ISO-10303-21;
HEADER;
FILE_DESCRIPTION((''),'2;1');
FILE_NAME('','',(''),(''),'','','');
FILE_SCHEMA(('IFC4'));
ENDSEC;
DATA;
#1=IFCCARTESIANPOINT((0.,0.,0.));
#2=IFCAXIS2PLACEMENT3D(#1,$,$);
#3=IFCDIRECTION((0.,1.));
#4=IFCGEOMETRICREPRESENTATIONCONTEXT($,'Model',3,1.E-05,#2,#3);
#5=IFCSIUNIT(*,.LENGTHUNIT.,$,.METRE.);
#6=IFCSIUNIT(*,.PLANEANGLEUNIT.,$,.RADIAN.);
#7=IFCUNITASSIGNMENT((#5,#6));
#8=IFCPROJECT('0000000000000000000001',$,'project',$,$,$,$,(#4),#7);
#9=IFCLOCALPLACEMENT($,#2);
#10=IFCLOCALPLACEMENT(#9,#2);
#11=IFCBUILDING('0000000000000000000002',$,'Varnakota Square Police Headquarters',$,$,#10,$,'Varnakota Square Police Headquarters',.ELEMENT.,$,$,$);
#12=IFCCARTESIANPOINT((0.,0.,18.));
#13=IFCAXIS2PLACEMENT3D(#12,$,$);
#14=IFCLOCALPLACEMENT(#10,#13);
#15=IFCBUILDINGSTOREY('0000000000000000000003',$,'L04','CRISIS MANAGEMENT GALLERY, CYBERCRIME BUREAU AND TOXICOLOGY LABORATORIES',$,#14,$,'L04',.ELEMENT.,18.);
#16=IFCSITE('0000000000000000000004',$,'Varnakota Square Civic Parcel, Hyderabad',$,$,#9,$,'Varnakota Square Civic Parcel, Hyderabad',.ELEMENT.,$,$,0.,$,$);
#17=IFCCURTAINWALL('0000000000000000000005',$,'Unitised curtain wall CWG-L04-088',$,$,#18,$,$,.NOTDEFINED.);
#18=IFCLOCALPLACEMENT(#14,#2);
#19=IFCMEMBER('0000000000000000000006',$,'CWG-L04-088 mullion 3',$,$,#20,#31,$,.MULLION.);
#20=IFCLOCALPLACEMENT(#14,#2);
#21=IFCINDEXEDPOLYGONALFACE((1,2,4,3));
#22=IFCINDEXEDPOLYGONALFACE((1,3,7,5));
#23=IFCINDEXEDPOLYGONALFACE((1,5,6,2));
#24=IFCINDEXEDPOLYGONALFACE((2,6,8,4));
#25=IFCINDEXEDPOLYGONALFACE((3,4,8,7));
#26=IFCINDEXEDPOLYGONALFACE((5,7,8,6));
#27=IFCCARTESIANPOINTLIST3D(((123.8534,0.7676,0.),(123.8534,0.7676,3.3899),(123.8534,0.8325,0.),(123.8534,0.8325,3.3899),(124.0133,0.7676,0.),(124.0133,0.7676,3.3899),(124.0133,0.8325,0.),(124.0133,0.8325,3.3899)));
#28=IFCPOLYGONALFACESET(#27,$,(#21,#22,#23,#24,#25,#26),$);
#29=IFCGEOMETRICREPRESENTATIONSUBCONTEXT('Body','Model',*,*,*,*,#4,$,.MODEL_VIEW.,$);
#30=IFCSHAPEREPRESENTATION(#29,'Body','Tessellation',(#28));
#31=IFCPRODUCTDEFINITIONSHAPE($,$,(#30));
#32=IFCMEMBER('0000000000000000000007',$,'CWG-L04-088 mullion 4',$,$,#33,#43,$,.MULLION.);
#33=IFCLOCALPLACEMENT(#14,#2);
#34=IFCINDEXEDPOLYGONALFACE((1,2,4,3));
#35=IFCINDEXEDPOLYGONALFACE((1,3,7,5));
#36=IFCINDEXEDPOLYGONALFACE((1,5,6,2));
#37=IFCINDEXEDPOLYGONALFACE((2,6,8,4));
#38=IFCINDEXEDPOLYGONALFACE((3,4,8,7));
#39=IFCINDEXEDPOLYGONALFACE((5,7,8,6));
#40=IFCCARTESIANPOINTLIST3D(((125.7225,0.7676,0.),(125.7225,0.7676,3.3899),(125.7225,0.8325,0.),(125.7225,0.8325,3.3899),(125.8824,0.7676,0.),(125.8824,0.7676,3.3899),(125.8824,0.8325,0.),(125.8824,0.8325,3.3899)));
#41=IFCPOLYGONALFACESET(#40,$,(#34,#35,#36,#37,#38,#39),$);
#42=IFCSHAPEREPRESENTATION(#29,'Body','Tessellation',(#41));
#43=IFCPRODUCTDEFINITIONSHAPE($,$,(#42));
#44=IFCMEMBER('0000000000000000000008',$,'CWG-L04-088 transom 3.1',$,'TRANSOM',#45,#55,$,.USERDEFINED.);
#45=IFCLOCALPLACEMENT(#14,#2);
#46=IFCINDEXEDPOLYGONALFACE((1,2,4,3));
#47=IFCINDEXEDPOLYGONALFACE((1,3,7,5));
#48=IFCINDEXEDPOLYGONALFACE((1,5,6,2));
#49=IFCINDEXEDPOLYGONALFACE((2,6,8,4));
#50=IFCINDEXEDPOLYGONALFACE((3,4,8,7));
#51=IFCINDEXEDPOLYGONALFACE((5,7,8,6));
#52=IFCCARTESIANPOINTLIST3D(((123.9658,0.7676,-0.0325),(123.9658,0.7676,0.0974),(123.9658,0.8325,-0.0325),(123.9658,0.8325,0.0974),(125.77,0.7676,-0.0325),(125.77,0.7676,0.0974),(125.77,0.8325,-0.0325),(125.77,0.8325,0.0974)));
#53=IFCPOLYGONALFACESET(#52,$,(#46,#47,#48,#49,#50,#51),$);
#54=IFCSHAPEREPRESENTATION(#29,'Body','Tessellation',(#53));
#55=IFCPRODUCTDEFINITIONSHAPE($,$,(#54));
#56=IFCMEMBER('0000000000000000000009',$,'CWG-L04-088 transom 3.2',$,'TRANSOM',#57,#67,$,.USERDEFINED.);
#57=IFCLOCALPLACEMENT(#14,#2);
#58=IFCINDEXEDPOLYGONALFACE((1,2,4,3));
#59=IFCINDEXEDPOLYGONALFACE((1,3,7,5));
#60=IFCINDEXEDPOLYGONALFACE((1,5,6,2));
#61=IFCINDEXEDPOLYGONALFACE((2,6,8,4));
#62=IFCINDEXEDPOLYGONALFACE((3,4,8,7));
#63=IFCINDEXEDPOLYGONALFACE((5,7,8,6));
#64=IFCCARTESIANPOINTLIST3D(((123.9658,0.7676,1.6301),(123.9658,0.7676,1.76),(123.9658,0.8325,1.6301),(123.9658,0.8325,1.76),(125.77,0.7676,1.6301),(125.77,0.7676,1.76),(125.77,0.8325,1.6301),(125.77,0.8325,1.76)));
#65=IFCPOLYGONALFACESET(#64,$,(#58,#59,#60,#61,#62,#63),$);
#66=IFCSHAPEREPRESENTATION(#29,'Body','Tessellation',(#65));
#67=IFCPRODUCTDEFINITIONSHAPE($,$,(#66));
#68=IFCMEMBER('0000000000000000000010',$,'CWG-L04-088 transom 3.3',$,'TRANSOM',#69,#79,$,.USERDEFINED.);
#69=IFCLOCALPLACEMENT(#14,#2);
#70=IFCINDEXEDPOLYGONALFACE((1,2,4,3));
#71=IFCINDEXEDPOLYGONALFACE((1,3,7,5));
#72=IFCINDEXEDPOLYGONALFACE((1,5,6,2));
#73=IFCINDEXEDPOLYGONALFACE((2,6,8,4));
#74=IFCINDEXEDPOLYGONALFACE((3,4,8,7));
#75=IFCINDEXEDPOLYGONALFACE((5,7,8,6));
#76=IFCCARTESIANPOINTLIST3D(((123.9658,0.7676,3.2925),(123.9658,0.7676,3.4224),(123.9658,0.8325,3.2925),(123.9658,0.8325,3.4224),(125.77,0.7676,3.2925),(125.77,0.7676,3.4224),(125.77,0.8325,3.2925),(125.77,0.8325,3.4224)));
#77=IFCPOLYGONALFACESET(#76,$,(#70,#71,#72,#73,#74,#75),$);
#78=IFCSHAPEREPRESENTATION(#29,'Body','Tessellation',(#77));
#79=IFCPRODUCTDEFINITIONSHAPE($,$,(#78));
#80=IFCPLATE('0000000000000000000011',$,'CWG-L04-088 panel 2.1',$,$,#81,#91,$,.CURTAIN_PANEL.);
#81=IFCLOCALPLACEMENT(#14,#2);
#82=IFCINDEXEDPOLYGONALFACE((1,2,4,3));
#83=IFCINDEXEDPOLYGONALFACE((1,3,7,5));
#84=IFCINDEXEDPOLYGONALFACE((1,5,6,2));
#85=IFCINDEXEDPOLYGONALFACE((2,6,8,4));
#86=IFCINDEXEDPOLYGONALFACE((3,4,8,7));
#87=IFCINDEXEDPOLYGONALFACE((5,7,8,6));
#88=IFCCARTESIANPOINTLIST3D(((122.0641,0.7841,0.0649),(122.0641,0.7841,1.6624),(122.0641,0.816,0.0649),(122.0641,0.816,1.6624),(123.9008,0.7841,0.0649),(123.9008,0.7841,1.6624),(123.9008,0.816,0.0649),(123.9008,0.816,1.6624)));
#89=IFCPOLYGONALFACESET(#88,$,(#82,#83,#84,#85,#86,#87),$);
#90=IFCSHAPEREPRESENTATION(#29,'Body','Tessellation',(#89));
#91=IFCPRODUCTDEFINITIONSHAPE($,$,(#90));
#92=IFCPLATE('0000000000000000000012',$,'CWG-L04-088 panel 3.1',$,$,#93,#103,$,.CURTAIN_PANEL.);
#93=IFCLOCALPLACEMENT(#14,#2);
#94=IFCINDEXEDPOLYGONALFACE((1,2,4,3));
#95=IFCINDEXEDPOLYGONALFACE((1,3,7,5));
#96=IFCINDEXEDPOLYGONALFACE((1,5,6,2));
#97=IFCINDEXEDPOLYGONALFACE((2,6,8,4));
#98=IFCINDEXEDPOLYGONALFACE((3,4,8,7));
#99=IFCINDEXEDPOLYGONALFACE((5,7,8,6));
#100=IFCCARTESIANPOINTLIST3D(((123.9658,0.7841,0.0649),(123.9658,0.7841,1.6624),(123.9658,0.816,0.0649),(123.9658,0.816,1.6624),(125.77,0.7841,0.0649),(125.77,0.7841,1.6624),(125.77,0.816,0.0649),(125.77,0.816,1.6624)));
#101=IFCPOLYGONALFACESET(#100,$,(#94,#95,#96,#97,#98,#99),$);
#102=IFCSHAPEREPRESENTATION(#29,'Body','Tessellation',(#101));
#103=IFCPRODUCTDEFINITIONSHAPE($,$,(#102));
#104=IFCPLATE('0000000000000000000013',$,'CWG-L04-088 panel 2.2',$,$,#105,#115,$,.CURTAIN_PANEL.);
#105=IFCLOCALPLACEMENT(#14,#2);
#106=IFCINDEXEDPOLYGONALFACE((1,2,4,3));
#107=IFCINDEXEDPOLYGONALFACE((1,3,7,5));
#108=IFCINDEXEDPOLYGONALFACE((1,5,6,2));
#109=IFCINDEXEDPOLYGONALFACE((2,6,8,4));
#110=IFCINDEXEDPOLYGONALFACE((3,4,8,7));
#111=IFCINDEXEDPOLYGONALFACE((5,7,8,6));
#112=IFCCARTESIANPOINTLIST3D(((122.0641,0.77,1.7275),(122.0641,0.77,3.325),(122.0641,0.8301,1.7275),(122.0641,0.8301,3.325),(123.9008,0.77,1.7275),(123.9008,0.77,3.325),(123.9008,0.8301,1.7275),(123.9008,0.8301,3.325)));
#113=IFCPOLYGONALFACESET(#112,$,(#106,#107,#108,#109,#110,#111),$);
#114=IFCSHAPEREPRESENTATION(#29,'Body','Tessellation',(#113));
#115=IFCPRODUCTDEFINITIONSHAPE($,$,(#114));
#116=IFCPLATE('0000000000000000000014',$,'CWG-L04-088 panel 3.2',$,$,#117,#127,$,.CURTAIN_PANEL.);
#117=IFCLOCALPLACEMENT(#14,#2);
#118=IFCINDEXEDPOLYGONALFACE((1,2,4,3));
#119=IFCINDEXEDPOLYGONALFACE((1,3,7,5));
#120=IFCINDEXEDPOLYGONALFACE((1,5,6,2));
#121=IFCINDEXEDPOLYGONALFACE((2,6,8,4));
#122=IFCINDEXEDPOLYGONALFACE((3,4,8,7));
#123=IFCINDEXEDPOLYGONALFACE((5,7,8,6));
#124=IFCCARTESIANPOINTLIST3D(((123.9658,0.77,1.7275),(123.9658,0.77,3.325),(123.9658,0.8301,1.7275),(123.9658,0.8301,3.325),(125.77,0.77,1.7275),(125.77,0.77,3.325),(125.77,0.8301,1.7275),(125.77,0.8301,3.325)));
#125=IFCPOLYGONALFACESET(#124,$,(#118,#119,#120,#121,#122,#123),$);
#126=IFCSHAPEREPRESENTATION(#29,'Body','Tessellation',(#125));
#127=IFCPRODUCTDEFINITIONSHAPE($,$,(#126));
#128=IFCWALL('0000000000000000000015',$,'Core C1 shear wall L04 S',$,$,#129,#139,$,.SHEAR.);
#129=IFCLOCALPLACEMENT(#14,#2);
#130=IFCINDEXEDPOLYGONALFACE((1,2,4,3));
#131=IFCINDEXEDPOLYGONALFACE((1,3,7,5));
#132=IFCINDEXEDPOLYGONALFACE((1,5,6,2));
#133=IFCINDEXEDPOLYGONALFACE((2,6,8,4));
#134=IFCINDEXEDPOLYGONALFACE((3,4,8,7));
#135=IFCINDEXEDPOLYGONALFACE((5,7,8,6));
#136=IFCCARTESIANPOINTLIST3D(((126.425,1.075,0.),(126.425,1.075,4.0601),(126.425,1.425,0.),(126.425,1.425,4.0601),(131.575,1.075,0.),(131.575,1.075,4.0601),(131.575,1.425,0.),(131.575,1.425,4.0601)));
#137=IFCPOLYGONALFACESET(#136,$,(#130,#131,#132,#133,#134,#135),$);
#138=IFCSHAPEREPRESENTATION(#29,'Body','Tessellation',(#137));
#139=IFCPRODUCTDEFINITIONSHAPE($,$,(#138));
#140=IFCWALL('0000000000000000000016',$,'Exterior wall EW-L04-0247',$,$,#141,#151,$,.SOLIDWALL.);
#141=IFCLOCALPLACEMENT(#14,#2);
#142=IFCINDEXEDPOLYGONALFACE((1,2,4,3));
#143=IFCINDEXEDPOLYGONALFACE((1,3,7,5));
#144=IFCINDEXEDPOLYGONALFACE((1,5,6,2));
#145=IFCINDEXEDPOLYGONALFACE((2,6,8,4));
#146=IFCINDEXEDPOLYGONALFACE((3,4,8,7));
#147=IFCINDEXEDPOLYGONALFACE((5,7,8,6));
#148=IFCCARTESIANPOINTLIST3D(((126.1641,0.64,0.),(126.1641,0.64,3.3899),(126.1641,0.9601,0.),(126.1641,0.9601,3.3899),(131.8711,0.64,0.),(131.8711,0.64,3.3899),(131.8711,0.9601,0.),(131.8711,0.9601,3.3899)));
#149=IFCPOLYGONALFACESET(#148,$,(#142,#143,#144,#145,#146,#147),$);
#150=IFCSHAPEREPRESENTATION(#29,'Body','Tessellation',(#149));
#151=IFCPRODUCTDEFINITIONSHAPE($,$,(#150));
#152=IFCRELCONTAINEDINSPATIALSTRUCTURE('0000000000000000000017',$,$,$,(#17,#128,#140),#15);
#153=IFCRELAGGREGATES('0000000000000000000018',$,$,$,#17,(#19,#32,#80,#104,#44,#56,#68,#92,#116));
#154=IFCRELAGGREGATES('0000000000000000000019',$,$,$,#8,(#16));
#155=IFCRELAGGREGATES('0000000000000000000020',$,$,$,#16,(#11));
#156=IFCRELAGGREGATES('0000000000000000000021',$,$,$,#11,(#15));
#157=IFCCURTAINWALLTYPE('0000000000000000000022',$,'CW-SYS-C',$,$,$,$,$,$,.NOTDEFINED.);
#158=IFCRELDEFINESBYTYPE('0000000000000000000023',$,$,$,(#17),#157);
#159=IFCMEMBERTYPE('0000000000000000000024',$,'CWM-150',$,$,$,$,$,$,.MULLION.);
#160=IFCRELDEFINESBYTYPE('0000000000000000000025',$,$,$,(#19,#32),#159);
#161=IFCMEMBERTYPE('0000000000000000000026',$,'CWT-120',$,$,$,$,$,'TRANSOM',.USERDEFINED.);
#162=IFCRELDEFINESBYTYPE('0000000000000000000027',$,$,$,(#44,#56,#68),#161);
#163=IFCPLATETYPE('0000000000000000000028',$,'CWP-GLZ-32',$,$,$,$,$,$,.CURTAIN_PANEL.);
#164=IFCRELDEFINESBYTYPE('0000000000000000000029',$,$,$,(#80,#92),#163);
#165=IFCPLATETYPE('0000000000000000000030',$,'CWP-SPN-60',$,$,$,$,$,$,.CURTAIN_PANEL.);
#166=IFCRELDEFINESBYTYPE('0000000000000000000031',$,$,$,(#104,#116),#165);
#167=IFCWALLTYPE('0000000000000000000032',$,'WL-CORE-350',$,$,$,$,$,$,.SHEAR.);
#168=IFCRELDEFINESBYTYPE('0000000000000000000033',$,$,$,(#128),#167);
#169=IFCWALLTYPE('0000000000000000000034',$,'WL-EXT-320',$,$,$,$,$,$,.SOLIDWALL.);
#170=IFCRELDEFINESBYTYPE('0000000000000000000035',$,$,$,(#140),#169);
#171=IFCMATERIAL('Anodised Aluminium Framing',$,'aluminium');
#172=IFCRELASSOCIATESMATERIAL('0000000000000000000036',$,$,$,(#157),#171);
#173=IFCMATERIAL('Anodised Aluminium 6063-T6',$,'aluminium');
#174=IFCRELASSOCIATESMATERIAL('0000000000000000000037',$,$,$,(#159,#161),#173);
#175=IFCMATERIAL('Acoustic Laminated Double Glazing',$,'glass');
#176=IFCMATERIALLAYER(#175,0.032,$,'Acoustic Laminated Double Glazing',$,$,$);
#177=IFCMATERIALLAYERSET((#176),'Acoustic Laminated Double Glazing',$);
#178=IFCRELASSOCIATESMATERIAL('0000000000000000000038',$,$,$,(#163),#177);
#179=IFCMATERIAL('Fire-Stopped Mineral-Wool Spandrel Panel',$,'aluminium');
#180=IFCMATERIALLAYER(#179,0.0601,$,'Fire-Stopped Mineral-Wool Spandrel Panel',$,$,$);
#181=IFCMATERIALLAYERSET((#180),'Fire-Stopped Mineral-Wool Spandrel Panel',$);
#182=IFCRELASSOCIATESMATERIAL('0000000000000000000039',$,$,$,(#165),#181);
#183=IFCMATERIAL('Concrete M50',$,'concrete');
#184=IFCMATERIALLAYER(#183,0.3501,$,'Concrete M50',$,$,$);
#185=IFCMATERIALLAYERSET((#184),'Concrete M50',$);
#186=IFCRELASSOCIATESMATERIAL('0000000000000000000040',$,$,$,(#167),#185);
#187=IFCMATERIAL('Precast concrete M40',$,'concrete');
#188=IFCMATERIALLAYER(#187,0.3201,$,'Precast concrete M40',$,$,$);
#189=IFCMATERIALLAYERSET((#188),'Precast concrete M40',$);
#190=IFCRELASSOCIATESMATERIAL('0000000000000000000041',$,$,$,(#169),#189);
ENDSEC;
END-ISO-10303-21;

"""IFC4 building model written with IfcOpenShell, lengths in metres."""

from ifc_helpers import new_model, si_unit, direction, frame, frame_2d, origin, origin_2d, place, context, subcontext, project, spatial, rectangle, extrude, material, layer, layer_set, material_profile, profile_set, type_object, element, aggregate, save


model = new_model("IFC4")

# Units and contexts
model_context = context("Model", 3, precision=1e-05, world=origin(), true_north=direction((0.0, 1.0)))
body_context = subcontext(model_context, "Body", "Model", "MODEL_VIEW")
ifc_project = project(units=[si_unit("LENGTHUNIT", "METRE"), si_unit("PLANEANGLEUNIT", "RADIAN")], contexts=[model_context])

# Site, building, storey
site_placement = place(None, origin())
site = spatial("IfcSite", under=ifc_project, at=site_placement, Name="Varnakota Square Civic Parcel, Hyderabad", LongName="Varnakota Square Civic Parcel, Hyderabad", CompositionType="ELEMENT", RefElevation=0.0)
building_placement = place(site_placement, origin())
building = spatial("IfcBuilding", under=site, at=building_placement, Name="Varnakota Square Police Headquarters", LongName="Varnakota Square Police Headquarters", CompositionType="ELEMENT")
storey_placement = place(building_placement, frame((0.0, 0.0, 18.0)))
storey = spatial("IfcBuildingStorey", under=building, at=storey_placement, Name="L04", Description="CRISIS MANAGEMENT GALLERY, CYBERCRIME BUREAU AND TOXICOLOGY LABORATORIES", LongName="L04", CompositionType="ELEMENT", Elevation=18.0)

# Curtain wall, members, plates
ifc_material_1 = material(Name="Anodised Aluminium Framing", Category="aluminium")
curtain_wall_type = type_object("IfcCurtainWallType", Name="CW-SYS-C", PredefinedType="NOTDEFINED", material=ifc_material_1)
curtain_wall_placement = place(storey_placement, origin())
curtain_wall = element("IfcCurtainWall", 1, at=curtain_wall_placement, inside=storey, type_object=curtain_wall_type, Name="Unitised curtain wall CWG-L04-088", PredefinedType="NOTDEFINED")
ifc_material_2 = material(Name="Anodised Aluminium 6063-T6", Category="aluminium")
ifc_material_profile_1 = material_profile(ifc_material_2, rectangle(XDim=0.0649, YDim=0.1599, at=origin_2d()), Name="ALU MULLION 65x160")
ifc_profile_set_1 = profile_set([ifc_material_profile_1], Name="Anodised Aluminium 6063-T6")
member_type_1 = type_object("IfcMemberType", Name="CWM-150", PredefinedType="MULLION", material=ifc_profile_set_1)
member_1_placement = place(storey_placement, frame((123.9333, 0.8, 0.0), z_axis=(0.0, 0.0, 1.0), x_axis=(0.0, 1.0, 0.0)))
member_1 = element("IfcMember", 2, at=member_1_placement, type_object=member_type_1, Name="CWG-L04-088 mullion 3", PredefinedType="MULLION", context=body_context, shape_type="SweptSolid", body=[
    extrude(rectangle(XDim=0.0649, YDim=0.1599, at=origin_2d()), origin(), (0.0, 0.0, 1.0), 3.3899),
])
member_2_placement = place(storey_placement, frame((125.8025, 0.8, 0.0), z_axis=(0.0, 0.0, 1.0), x_axis=(0.0, 1.0, 0.0)))
member_2 = element("IfcMember", 3, at=member_2_placement, type_object=member_type_1, Name="CWG-L04-088 mullion 4", PredefinedType="MULLION", context=body_context, shape_type="SweptSolid", body=[
    extrude(rectangle(XDim=0.0649, YDim=0.1599, at=origin_2d()), origin(), (0.0, 0.0, 1.0), 3.3899),
])
ifc_material_profile_2 = material_profile(ifc_material_2, rectangle(XDim=0.0649, YDim=0.1299, at=origin_2d()), Name="ALU TRANSOM 65x130")
ifc_profile_set_2 = profile_set([ifc_material_profile_2], Name="Anodised Aluminium 6063-T6")
member_type_2 = type_object("IfcMemberType", Name="CWT-120", ElementType="TRANSOM", PredefinedType="USERDEFINED", material=ifc_profile_set_2)
member_3_placement = place(storey_placement, frame((123.9658, 0.8, 0.0325), z_axis=(1.0, 0.0, 0.0), x_axis=(0.0, 1.0, 0.0)))
member_3 = element("IfcMember", 4, at=member_3_placement, type_object=member_type_2, Name="CWG-L04-088 transom 3.1", ObjectType="TRANSOM", PredefinedType="USERDEFINED", context=body_context, shape_type="SweptSolid", body=[
    extrude(rectangle(XDim=0.0649, YDim=0.1299, at=origin_2d()), origin(), (0.0, 0.0, 1.0), 1.8042),
])
member_4_placement = place(storey_placement, frame((123.9658, 0.8, 1.6951), z_axis=(1.0, 0.0, 0.0), x_axis=(0.0, 1.0, 0.0)))
member_4 = element("IfcMember", 5, at=member_4_placement, type_object=member_type_2, Name="CWG-L04-088 transom 3.2", ObjectType="TRANSOM", PredefinedType="USERDEFINED", context=body_context, shape_type="SweptSolid", body=[
    extrude(rectangle(XDim=0.0649, YDim=0.1299, at=origin_2d()), origin(), (0.0, 0.0, 1.0), 1.8042),
])
member_5_placement = place(storey_placement, frame((123.9658, 0.8, 3.3574), z_axis=(1.0, 0.0, 0.0), x_axis=(0.0, 1.0, 0.0)))
member_5 = element("IfcMember", 6, at=member_5_placement, type_object=member_type_2, Name="CWG-L04-088 transom 3.3", ObjectType="TRANSOM", PredefinedType="USERDEFINED", context=body_context, shape_type="SweptSolid", body=[
    extrude(rectangle(XDim=0.0649, YDim=0.1299, at=origin_2d()), origin(), (0.0, 0.0, 1.0), 1.8042),
])
ifc_material_3 = material(Name="Acoustic Laminated Double Glazing", Category="glass")
ifc_layer_1 = layer(ifc_material_3, 0.032, Name="Acoustic Laminated Double Glazing")
ifc_layer_set_1 = layer_set([ifc_layer_1], Name="Acoustic Laminated Double Glazing")
plate_type_1 = type_object("IfcPlateType", Name="CWP-GLZ-32", PredefinedType="CURTAIN_PANEL", material=ifc_layer_set_1)
plate_1_placement = place(storey_placement, frame((122.9824, 0.8, 0.0649), z_axis=(0.0, 0.0, 1.0), x_axis=(1.0, 0.0, 0.0)))
plate_1 = element("IfcPlate", 7, at=plate_1_placement, type_object=plate_type_1, Name="CWG-L04-088 panel 2.1", PredefinedType="CURTAIN_PANEL", context=body_context, shape_type="SweptSolid", body=[
    extrude(rectangle(XDim=1.8367, YDim=0.032, at=origin_2d()), origin(), (0.0, 0.0, 1.0), 1.5974),
])
plate_2_placement = place(storey_placement, frame((124.8679, 0.8, 0.0649), z_axis=(0.0, 0.0, 1.0), x_axis=(1.0, 0.0, 0.0)))
plate_2 = element("IfcPlate", 8, at=plate_2_placement, type_object=plate_type_1, Name="CWG-L04-088 panel 3.1", PredefinedType="CURTAIN_PANEL", context=body_context, shape_type="SweptSolid", body=[
    extrude(rectangle(XDim=1.8042, YDim=0.032, at=origin_2d()), origin(), (0.0, 0.0, 1.0), 1.5974),
])
ifc_material_4 = material(Name="Fire-Stopped Mineral-Wool Spandrel Panel", Category="aluminium")
ifc_layer_2 = layer(ifc_material_4, 0.0601, Name="Fire-Stopped Mineral-Wool Spandrel Panel")
ifc_layer_set_2 = layer_set([ifc_layer_2], Name="Fire-Stopped Mineral-Wool Spandrel Panel")
plate_type_2 = type_object("IfcPlateType", Name="CWP-SPN-60", PredefinedType="CURTAIN_PANEL", material=ifc_layer_set_2)
plate_3_placement = place(storey_placement, frame((122.9824, 0.8, 1.7275), z_axis=(0.0, 0.0, 1.0), x_axis=(1.0, 0.0, 0.0)))
plate_3 = element("IfcPlate", 9, at=plate_3_placement, type_object=plate_type_2, Name="CWG-L04-088 panel 2.2", PredefinedType="CURTAIN_PANEL", context=body_context, shape_type="SweptSolid", body=[
    extrude(rectangle(XDim=1.8367, YDim=0.0601, at=origin_2d()), origin(), (0.0, 0.0, 1.0), 1.5974),
])
plate_4_placement = place(storey_placement, frame((124.8679, 0.8, 1.7275), z_axis=(0.0, 0.0, 1.0), x_axis=(1.0, 0.0, 0.0)))
plate_4 = element("IfcPlate", 10, at=plate_4_placement, type_object=plate_type_2, Name="CWG-L04-088 panel 3.2", PredefinedType="CURTAIN_PANEL", context=body_context, shape_type="SweptSolid", body=[
    extrude(rectangle(XDim=1.8042, YDim=0.0601, at=origin_2d()), origin(), (0.0, 0.0, 1.0), 1.5974),
])
aggregate(curtain_wall, [member_1, member_2, plate_1, plate_3, member_3, member_4, member_5, plate_2, plate_4])

# Walls
ifc_material_5 = material(Name="Concrete M50", Category="concrete")
ifc_layer_3 = layer(ifc_material_5, 0.3501, Name="Concrete M50")
ifc_layer_set_3 = layer_set([ifc_layer_3], Name="Concrete M50")
wall_type_1 = type_object("IfcWallType", Name="WL-CORE-350", PredefinedType="SHEAR", material=ifc_layer_set_3)
wall_1_placement = place(storey_placement, frame((126.425, 1.25, 0.0), z_axis=(0.0, 0.0, 1.0), x_axis=(1.0, 0.0, 0.0)))
element("IfcWall", 11, at=wall_1_placement, inside=storey, type_object=wall_type_1, Name="Core C1 shear wall L04 S", PredefinedType="SHEAR", context=body_context, shape_type="SweptSolid", body=[
    extrude(rectangle(XDim=5.1499, YDim=0.3501, at=frame_2d((2.575, 0.0))), origin(), (0.0, 0.0, 1.0), 4.0601),
])
ifc_material_6 = material(Name="Precast concrete M40", Category="concrete")
ifc_layer_4 = layer(ifc_material_6, 0.3201, Name="Precast concrete M40")
ifc_layer_set_4 = layer_set([ifc_layer_4], Name="Precast concrete M40")
wall_type_2 = type_object("IfcWallType", Name="WL-EXT-320", PredefinedType="SOLIDWALL", material=ifc_layer_set_4)
wall_2_placement = place(storey_placement, frame((126.1641, 0.8, 0.0), z_axis=(0.0, 0.0, 1.0), x_axis=(1.0, 0.0, 0.0)))
element("IfcWall", 12, at=wall_2_placement, inside=storey, type_object=wall_type_2, Name="Exterior wall EW-L04-0247", PredefinedType="SOLIDWALL", context=body_context, shape_type="SweptSolid", body=[
    extrude(rectangle(XDim=5.707, YDim=0.3201, at=frame_2d((2.8535, 0.0))), origin(), (0.0, 0.0, 1.0), 3.3899),
])

save(model, "model.ifc")
